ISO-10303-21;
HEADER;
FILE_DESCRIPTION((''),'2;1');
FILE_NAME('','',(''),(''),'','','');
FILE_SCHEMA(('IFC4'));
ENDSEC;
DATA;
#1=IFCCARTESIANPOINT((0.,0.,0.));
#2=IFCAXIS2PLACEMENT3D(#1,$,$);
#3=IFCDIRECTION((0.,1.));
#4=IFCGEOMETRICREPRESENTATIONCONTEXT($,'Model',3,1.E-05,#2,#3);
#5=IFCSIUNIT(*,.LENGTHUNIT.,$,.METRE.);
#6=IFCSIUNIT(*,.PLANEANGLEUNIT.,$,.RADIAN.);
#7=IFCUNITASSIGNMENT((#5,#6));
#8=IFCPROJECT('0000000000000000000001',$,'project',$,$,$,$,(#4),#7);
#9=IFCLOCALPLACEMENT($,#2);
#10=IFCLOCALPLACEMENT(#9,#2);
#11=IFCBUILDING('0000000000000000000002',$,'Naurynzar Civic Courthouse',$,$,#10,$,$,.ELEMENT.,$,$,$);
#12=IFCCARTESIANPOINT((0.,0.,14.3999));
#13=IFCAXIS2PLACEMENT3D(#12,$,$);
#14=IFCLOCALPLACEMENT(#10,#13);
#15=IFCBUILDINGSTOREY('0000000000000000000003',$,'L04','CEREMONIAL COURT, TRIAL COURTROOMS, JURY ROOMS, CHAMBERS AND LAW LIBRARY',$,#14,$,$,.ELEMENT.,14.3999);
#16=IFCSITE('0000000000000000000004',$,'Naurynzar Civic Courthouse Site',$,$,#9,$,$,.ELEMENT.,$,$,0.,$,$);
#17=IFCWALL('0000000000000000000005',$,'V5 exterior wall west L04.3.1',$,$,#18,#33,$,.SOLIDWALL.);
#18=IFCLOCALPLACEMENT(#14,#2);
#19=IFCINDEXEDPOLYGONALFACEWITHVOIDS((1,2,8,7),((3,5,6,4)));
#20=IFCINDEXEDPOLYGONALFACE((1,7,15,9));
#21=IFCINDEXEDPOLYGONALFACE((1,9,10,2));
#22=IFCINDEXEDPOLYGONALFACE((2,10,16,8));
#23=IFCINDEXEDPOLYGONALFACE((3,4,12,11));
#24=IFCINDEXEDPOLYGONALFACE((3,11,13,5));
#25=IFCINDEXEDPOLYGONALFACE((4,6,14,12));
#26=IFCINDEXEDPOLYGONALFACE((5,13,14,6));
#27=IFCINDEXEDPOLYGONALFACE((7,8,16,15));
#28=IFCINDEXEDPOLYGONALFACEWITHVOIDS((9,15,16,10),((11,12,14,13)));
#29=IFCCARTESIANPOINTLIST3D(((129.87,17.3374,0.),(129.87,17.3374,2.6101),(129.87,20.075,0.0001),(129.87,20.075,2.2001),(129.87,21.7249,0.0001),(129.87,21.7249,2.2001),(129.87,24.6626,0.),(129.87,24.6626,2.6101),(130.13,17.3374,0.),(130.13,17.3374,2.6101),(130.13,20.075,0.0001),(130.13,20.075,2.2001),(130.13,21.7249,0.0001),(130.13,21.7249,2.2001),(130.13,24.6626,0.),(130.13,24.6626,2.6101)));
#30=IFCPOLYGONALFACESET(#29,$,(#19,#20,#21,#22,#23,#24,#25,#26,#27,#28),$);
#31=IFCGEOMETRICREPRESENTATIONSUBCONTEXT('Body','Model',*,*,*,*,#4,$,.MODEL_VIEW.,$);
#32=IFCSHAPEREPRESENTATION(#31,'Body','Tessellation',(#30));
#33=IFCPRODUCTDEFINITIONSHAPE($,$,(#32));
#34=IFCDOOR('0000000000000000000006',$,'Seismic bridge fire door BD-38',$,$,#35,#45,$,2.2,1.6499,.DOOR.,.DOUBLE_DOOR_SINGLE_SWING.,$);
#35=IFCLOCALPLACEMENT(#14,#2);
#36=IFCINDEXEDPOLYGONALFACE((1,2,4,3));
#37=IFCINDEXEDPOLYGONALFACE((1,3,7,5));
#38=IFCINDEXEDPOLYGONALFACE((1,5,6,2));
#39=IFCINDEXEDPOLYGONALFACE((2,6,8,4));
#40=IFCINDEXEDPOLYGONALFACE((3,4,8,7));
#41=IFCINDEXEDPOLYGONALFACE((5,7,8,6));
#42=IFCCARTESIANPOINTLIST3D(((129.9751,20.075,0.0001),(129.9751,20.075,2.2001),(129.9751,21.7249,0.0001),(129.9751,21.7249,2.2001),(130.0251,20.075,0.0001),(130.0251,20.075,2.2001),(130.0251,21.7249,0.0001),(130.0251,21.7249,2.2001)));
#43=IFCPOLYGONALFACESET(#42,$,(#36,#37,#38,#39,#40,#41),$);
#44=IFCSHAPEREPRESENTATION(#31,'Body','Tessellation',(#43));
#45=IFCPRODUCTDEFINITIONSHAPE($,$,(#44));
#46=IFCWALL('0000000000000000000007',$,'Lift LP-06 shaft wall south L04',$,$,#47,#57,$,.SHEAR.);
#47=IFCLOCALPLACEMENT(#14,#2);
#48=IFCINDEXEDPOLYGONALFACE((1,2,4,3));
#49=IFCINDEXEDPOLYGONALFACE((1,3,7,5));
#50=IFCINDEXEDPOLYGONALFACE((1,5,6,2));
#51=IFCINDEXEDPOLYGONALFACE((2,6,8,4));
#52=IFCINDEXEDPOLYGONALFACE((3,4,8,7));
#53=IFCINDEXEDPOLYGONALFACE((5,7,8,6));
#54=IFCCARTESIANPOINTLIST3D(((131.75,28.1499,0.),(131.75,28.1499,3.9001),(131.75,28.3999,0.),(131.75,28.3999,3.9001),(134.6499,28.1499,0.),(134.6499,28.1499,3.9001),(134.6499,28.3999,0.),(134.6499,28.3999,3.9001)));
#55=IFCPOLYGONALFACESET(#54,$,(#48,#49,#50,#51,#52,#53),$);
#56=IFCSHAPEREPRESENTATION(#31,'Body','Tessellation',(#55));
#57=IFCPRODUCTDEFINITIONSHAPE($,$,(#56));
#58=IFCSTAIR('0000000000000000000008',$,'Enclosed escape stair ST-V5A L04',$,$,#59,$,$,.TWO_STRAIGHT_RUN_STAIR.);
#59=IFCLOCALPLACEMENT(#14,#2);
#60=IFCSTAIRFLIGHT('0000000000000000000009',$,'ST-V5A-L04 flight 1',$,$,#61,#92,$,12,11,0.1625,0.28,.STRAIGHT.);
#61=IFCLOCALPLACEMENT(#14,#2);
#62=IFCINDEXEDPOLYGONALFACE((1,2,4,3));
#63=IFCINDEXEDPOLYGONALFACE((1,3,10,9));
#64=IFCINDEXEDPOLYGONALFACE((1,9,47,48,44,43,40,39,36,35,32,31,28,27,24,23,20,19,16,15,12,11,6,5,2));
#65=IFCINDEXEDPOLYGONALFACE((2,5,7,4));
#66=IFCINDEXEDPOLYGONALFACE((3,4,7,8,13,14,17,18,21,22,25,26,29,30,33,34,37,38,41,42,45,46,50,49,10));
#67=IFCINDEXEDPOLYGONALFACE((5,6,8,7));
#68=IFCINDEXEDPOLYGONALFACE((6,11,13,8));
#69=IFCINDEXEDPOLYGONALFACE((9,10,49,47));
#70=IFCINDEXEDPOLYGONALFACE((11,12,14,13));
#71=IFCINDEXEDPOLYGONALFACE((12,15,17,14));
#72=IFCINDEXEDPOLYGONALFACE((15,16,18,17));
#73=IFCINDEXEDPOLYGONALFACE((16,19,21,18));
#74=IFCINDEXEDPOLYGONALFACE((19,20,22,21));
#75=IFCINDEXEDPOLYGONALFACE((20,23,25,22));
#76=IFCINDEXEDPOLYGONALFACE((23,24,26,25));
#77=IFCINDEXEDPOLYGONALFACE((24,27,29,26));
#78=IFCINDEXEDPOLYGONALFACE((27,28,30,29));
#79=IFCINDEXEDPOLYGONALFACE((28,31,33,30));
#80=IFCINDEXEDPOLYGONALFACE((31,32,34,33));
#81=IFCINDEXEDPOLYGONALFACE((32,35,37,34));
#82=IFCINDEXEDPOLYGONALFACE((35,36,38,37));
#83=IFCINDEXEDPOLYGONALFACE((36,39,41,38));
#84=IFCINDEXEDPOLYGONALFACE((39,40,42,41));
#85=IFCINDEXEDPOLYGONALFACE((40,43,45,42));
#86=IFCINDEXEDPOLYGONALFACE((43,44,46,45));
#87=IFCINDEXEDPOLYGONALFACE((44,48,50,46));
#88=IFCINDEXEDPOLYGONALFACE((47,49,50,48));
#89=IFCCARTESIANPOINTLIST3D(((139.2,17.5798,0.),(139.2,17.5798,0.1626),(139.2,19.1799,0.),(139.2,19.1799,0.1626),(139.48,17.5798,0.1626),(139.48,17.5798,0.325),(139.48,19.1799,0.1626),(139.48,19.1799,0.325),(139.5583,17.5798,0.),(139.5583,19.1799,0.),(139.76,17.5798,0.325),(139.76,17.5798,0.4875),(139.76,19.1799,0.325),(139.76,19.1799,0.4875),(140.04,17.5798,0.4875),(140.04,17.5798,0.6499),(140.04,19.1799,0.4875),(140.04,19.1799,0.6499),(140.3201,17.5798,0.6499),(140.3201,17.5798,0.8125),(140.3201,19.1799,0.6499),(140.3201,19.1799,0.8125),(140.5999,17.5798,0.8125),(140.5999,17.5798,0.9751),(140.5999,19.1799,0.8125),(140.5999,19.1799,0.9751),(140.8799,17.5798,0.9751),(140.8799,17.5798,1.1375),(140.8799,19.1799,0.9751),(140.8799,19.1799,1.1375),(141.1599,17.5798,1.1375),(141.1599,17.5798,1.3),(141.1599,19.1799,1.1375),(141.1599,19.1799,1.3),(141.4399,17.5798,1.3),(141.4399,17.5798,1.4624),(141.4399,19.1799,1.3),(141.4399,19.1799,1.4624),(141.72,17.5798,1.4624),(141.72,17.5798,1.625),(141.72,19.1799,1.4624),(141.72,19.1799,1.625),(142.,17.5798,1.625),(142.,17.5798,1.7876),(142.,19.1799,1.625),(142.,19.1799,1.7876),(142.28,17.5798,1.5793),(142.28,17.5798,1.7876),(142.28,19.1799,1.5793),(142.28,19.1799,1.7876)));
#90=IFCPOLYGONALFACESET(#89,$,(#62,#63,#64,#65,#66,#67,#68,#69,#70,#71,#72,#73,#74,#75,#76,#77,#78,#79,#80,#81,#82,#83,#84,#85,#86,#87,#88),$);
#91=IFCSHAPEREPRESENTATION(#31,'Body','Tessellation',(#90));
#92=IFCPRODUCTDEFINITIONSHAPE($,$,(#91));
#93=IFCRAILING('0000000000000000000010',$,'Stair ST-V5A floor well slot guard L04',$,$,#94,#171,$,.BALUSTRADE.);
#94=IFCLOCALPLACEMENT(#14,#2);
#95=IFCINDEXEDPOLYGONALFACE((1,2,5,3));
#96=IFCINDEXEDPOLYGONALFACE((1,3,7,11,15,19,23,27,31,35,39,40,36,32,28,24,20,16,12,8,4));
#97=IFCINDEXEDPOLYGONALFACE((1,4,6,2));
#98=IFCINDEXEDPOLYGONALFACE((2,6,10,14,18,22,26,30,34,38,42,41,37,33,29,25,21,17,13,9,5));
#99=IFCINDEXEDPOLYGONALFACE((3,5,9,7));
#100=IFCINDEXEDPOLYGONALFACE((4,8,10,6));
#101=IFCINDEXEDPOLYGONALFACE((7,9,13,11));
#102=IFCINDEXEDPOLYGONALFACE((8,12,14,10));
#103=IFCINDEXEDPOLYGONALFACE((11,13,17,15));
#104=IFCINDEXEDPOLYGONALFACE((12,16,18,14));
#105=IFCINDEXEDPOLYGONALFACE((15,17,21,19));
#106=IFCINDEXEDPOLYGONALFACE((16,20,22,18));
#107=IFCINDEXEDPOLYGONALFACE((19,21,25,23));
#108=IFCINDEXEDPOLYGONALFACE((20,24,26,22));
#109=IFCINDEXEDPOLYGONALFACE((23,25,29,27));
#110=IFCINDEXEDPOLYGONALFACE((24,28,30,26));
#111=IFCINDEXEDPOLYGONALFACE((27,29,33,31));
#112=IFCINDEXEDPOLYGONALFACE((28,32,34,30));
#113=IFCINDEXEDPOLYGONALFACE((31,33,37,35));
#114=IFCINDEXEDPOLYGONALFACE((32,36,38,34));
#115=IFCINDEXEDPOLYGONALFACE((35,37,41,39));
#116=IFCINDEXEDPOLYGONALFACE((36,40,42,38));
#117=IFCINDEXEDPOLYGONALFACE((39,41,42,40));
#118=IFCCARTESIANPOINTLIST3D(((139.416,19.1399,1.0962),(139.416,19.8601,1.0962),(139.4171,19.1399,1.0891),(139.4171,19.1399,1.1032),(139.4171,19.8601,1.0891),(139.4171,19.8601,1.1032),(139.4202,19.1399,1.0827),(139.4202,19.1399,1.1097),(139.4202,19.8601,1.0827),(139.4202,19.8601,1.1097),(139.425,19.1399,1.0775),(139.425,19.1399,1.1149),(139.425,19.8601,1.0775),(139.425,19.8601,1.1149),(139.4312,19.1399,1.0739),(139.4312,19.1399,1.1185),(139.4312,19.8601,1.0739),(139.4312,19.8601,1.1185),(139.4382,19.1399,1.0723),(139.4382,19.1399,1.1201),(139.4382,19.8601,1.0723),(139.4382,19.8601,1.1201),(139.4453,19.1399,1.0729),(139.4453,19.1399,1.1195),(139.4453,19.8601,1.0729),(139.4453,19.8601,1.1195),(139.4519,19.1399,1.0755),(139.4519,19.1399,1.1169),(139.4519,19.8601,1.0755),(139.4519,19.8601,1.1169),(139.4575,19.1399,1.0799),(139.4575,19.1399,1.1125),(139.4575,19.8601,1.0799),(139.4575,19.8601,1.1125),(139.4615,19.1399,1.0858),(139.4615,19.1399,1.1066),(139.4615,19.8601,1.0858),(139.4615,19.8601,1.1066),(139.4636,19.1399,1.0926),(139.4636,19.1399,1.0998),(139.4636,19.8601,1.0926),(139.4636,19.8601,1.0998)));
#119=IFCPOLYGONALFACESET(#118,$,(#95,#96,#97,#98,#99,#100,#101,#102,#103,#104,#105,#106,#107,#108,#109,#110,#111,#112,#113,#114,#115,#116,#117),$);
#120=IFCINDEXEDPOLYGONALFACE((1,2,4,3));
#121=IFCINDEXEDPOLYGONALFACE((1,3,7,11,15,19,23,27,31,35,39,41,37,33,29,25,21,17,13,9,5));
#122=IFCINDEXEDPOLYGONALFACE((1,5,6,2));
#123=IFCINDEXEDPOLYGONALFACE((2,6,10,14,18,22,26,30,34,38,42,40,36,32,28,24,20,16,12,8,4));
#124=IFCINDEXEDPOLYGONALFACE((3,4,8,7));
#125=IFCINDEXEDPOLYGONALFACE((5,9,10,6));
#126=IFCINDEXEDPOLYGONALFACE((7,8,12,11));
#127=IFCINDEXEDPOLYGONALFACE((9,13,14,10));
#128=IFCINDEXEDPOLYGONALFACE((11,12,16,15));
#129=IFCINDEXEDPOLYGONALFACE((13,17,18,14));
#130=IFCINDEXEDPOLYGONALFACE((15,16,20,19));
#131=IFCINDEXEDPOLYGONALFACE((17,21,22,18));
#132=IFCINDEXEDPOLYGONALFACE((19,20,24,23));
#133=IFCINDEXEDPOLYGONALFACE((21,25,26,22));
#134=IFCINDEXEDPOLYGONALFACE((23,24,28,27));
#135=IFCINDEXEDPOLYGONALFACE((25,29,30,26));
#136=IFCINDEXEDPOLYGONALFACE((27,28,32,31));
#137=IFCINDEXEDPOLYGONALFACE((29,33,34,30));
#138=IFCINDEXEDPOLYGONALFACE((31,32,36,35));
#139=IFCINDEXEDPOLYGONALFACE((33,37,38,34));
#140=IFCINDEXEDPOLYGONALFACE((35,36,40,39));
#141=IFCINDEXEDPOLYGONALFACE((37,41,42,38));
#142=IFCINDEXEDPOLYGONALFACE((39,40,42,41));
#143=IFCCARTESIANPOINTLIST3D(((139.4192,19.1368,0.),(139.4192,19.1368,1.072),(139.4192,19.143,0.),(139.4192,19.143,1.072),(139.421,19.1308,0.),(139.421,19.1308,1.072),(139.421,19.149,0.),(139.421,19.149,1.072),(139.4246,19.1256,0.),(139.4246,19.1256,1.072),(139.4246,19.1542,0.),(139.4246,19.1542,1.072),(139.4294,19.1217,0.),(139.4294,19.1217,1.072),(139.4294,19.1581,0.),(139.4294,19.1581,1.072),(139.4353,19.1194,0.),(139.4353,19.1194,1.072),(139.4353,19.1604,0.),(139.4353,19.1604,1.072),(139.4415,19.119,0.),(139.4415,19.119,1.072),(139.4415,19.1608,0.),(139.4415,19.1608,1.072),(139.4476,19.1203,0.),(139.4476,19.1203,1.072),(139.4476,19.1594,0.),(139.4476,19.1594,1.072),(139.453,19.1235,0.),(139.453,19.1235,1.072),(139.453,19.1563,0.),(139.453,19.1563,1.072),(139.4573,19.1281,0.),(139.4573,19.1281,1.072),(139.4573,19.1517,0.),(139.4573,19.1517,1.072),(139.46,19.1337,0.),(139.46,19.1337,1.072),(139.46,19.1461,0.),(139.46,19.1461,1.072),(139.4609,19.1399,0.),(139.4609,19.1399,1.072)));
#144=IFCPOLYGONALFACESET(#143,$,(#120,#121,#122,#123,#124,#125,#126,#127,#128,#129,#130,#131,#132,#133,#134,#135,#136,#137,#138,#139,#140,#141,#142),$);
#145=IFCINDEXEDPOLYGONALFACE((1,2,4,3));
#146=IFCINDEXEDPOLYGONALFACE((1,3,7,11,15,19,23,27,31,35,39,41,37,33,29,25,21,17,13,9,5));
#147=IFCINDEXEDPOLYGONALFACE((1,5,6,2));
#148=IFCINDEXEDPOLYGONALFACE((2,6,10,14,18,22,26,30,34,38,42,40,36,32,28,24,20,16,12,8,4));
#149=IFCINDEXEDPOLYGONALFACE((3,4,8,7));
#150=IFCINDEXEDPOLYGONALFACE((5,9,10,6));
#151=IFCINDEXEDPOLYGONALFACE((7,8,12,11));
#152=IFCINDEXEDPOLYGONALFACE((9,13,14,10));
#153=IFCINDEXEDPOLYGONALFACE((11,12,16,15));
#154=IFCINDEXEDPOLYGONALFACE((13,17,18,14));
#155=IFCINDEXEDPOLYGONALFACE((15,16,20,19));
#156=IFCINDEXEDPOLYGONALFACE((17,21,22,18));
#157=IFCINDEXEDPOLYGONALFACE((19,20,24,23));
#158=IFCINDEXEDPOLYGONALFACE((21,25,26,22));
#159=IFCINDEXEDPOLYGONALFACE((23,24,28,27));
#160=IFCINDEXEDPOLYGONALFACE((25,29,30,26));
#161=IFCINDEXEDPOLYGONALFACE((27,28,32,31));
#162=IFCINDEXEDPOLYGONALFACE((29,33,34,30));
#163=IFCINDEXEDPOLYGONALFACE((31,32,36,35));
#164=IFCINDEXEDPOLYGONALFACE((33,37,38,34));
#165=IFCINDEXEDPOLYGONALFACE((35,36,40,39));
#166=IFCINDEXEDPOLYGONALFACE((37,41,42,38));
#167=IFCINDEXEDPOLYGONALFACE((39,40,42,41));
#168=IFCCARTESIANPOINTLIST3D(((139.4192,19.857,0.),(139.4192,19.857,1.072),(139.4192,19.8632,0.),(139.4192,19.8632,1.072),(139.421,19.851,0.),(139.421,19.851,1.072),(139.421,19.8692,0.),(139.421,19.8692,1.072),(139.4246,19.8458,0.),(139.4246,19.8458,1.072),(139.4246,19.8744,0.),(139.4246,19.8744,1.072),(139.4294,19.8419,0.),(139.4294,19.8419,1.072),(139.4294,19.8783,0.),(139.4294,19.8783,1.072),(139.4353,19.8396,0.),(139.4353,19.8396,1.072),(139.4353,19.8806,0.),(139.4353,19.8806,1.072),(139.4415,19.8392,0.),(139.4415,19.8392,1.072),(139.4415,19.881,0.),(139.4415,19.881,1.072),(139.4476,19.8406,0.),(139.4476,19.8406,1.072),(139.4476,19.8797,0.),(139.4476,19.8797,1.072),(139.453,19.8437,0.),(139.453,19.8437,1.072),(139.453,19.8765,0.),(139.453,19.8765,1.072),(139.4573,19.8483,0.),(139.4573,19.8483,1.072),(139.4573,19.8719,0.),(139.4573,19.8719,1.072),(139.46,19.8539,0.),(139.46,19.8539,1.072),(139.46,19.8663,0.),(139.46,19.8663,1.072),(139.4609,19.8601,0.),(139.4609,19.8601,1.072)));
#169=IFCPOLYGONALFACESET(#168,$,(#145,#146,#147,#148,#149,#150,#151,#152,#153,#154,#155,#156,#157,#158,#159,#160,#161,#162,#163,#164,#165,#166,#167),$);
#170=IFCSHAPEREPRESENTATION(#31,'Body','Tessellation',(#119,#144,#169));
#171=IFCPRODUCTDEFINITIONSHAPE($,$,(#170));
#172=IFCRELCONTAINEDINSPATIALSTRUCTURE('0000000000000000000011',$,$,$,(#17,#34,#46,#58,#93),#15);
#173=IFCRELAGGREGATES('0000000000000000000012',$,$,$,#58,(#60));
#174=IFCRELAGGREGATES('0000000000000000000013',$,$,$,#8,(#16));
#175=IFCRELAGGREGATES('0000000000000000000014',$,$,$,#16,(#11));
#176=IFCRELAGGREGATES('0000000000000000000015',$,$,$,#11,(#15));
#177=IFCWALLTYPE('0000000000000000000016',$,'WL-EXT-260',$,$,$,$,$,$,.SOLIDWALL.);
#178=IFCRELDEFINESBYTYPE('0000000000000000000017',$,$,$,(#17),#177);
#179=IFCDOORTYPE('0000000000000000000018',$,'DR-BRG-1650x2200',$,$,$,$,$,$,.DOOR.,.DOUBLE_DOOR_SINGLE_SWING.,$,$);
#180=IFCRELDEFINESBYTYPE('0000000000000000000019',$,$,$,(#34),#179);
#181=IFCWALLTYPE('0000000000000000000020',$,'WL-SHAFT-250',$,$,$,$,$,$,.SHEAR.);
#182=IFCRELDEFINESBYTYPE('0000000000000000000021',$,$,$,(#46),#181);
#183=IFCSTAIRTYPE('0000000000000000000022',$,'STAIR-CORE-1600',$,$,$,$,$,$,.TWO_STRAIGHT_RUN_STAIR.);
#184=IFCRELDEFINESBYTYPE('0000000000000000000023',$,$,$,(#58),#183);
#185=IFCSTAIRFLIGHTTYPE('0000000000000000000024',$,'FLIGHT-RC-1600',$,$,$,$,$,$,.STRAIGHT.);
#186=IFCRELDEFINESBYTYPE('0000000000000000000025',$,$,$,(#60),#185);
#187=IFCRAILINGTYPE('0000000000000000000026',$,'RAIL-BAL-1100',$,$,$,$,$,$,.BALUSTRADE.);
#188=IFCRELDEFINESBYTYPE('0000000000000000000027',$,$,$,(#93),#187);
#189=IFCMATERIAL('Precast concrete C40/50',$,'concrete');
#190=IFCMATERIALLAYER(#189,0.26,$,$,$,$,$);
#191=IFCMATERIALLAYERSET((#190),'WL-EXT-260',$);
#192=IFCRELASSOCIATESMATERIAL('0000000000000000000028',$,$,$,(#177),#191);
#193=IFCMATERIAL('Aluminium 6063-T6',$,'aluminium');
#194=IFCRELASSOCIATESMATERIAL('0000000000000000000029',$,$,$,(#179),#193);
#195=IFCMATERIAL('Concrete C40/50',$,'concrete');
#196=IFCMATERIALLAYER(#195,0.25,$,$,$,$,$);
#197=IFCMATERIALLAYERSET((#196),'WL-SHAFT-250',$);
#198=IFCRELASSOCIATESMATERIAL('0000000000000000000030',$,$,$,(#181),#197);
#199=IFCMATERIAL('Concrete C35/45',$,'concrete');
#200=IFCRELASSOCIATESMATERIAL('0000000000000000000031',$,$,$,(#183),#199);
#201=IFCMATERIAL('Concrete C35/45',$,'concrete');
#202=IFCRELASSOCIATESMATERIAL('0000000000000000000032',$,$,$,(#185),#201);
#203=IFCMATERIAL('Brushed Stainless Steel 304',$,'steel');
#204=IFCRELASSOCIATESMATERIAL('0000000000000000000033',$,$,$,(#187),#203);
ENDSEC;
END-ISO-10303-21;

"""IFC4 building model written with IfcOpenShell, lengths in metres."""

from ifc_helpers import new_model, si_unit, direction, frame, frame_2d, origin, origin_2d, place, context, subcontext, project, spatial, polyline, rectangle, circle, outline, extrude, material, layer, layer_set, type_object, element, fill, aggregate, save


model = new_model("IFC4")

# Units and contexts
model_context = context("Model", 3, precision=1e-05, world=origin(), true_north=direction((0.0, 1.0)))
body_context = subcontext(model_context, "Body", "Model", "MODEL_VIEW")
ifc_project = project(units=[si_unit("LENGTHUNIT", "METRE"), si_unit("PLANEANGLEUNIT", "RADIAN")], contexts=[model_context])

# Site, building, storey
site_placement = place(None, origin())
site = spatial("IfcSite", under=ifc_project, at=site_placement, Name="Naurynzar Civic Courthouse Site", CompositionType="ELEMENT", RefElevation=0.0)
building_placement = place(site_placement, origin())
building = spatial("IfcBuilding", under=site, at=building_placement, Name="Naurynzar Civic Courthouse", CompositionType="ELEMENT")
storey_placement = place(building_placement, frame((0.0, 0.0, 14.3999)))
storey = spatial("IfcBuildingStorey", under=building, at=storey_placement, Name="L04", Description="CEREMONIAL COURT, TRIAL COURTROOMS, JURY ROOMS, CHAMBERS AND LAW LIBRARY", CompositionType="ELEMENT", Elevation=14.3999)

# Wall, opening, door
ifc_material_1 = material(Name="Precast concrete C40/50", Category="concrete")
ifc_layer_1 = layer(ifc_material_1, 0.26)
ifc_layer_set_1 = layer_set([ifc_layer_1], Name="WL-EXT-260")
wall_type_1 = type_object("IfcWallType", Name="WL-EXT-260", PredefinedType="SOLIDWALL", material=ifc_layer_set_1)
wall_1_placement = place(storey_placement, frame((130.0, 17.3374, 0.0), z_axis=(0.0, 0.0, 1.0), x_axis=(0.0, 1.0, 0.0)))
wall_1 = element("IfcWall", 1, at=wall_1_placement, inside=storey, type_object=wall_type_1, Name="V5 exterior wall west L04.3.1", PredefinedType="SOLIDWALL", context=body_context, shape_type="SweptSolid", body=[
    extrude(rectangle(XDim=7.3252, YDim=0.26, at=frame_2d((3.6626, 0.0))), origin(), (0.0, 0.0, 1.0), 2.6101),
])
opening_1_placement = place(wall_1_placement, frame((2.7375, 0.0, 0.0)))
opening_1 = element("IfcOpeningElement", 2, at=opening_1_placement, cuts=wall_1, PredefinedType="OPENING", context=body_context, shape_type="SweptSolid", body=[
    extrude(rectangle(XDim=1.6499, YDim=2.2, at=frame_2d((0.825, 1.1001))), frame((0.0, 0.1399, 0.0), z_axis=(0.0, -1.0, 0.0), x_axis=(1.0, 0.0, 0.0)), (0.0, 0.0, 1.0), 0.28),
])
ifc_material_2 = material(Name="Aluminium 6063-T6", Category="aluminium")
door_type_1 = type_object("IfcDoorType", Name="DR-BRG-1650x2200", OperationType="DOUBLE_DOOR_SINGLE_SWING", PredefinedType="DOOR", material=ifc_material_2)
door_1_placement = place(opening_1_placement, origin())
door_1 = element("IfcDoor", 3, at=door_1_placement, inside=storey, type_object=door_type_1, Name="Seismic bridge fire door BD-38", OperationType="DOUBLE_DOOR_SINGLE_SWING", OverallHeight=2.2, OverallWidth=1.6499, PredefinedType="DOOR", context=body_context, shape_type="SweptSolid", body=[
    extrude(rectangle(XDim=1.6499, YDim=2.2, at=frame_2d((0.825, 1.1001))), frame((0.0, 0.0249, 0.0), z_axis=(0.0, -1.0, 0.0), x_axis=(1.0, 0.0, 0.0)), (0.0, 0.0, 1.0), 0.05),
])
fill(opening_1, door_1)

# Wall
ifc_material_3 = material(Name="Concrete C40/50", Category="concrete")
ifc_layer_2 = layer(ifc_material_3, 0.25)
ifc_layer_set_2 = layer_set([ifc_layer_2], Name="WL-SHAFT-250")
wall_type_2 = type_object("IfcWallType", Name="WL-SHAFT-250", PredefinedType="SHEAR", material=ifc_layer_set_2)
wall_2_placement = place(storey_placement, frame((131.75, 28.2749, 0.0), z_axis=(0.0, 0.0, 1.0), x_axis=(1.0, 0.0, 0.0)))
element("IfcWall", 4, at=wall_2_placement, inside=storey, type_object=wall_type_2, Name="Lift LP-06 shaft wall south L04", PredefinedType="SHEAR", context=body_context, shape_type="SweptSolid", body=[
    extrude(rectangle(XDim=2.8999, YDim=0.25, at=frame_2d((1.45, 0.0))), origin(), (0.0, 0.0, 1.0), 3.9001),
])

# Stair, stair flight
ifc_material_4 = material(Name="Concrete C35/45", Category="concrete")
stair_type = type_object("IfcStairType", Name="STAIR-CORE-1600", PredefinedType="TWO_STRAIGHT_RUN_STAIR", material=ifc_material_4)
stair_placement = place(storey_placement, origin())
stair = element("IfcStair", 5, at=stair_placement, inside=storey, type_object=stair_type, Name="Enclosed escape stair ST-V5A L04", PredefinedType="TWO_STRAIGHT_RUN_STAIR")
ifc_material_5 = material(Name="Concrete C35/45", Category="concrete")
stair_flight_type = type_object("IfcStairFlightType", Name="FLIGHT-RC-1600", PredefinedType="STRAIGHT", material=ifc_material_5)
stair_flight_placement = place(storey_placement, frame((139.2, 18.3799, 0.0), z_axis=(0.0, 0.0, 1.0), x_axis=(1.0, 0.0, 0.0)))
stair_flight = element("IfcStairFlight", 6, at=stair_flight_placement, type_object=stair_flight_type, Name="ST-V5A-L04 flight 1", NumberOfRisers=12, NumberOfTreads=11, PredefinedType="STRAIGHT", RiserHeight=0.1625, TreadLength=0.28, context=body_context, shape_type="SweptSolid", body=[
    extrude(outline(polyline([(0.0, 0.0), (0.0, 0.1626), (0.28, 0.1626), (0.28, 0.325), (0.5601, 0.325), (0.5601, 0.4875), (0.8401, 0.4875), (0.8401, 0.6499), (1.1201, 0.6499), (1.1201, 0.8125), (1.3999, 0.8125), (1.3999, 0.9751), (1.6799, 0.9751), (1.6799, 1.1375), (1.96, 1.1375), (1.96, 1.3), (2.24, 1.3), (2.24, 1.4624), (2.52, 1.4624), (2.52, 1.625), (2.8, 1.625), (2.8, 1.7876), (3.0801, 1.7876), (3.0801, 1.95), (3.0801, 1.5793), (0.3584, 0.0), (0.0, 0.0)])), frame((0.0, 0.8, 0.0), z_axis=(0.0, -1.0, 0.0), x_axis=(1.0, 0.0, 0.0)), (0.0, 0.0, 1.0), 1.6001),
])
aggregate(stair, [stair_flight])

# Railing
ifc_material_6 = material(Name="Brushed Stainless Steel 304", Category="steel")
railing_type_1 = type_object("IfcRailingType", Name="RAIL-BAL-1100", PredefinedType="BALUSTRADE", material=ifc_material_6)
railing_1_placement = place(storey_placement, frame((139.4399, 19.1399, 0.0)))
element("IfcRailing", 7, at=railing_1_placement, inside=storey, type_object=railing_type_1, Name="Stair ST-V5A floor well slot guard L04", PredefinedType="BALUSTRADE", context=body_context, shape_type="SweptSolid", body=[
    extrude(circle(Radius=0.0239, at=origin_2d()), frame((0.0, 0.0, 1.0962), z_axis=(0.0, 1.0, 0.0), x_axis=(-1.0, 0.0, 0.0)), (0.0, 0.0, 1.0), 0.7202),
    extrude(circle(Radius=0.021, at=origin_2d()), origin(), (0.0, 0.0, 1.0), 1.072),
    extrude(circle(Radius=0.021, at=origin_2d()), frame((0.0, 0.7202, 0.0)), (0.0, 0.0, 1.0), 1.072),
])

save(model, "model.ifc")
